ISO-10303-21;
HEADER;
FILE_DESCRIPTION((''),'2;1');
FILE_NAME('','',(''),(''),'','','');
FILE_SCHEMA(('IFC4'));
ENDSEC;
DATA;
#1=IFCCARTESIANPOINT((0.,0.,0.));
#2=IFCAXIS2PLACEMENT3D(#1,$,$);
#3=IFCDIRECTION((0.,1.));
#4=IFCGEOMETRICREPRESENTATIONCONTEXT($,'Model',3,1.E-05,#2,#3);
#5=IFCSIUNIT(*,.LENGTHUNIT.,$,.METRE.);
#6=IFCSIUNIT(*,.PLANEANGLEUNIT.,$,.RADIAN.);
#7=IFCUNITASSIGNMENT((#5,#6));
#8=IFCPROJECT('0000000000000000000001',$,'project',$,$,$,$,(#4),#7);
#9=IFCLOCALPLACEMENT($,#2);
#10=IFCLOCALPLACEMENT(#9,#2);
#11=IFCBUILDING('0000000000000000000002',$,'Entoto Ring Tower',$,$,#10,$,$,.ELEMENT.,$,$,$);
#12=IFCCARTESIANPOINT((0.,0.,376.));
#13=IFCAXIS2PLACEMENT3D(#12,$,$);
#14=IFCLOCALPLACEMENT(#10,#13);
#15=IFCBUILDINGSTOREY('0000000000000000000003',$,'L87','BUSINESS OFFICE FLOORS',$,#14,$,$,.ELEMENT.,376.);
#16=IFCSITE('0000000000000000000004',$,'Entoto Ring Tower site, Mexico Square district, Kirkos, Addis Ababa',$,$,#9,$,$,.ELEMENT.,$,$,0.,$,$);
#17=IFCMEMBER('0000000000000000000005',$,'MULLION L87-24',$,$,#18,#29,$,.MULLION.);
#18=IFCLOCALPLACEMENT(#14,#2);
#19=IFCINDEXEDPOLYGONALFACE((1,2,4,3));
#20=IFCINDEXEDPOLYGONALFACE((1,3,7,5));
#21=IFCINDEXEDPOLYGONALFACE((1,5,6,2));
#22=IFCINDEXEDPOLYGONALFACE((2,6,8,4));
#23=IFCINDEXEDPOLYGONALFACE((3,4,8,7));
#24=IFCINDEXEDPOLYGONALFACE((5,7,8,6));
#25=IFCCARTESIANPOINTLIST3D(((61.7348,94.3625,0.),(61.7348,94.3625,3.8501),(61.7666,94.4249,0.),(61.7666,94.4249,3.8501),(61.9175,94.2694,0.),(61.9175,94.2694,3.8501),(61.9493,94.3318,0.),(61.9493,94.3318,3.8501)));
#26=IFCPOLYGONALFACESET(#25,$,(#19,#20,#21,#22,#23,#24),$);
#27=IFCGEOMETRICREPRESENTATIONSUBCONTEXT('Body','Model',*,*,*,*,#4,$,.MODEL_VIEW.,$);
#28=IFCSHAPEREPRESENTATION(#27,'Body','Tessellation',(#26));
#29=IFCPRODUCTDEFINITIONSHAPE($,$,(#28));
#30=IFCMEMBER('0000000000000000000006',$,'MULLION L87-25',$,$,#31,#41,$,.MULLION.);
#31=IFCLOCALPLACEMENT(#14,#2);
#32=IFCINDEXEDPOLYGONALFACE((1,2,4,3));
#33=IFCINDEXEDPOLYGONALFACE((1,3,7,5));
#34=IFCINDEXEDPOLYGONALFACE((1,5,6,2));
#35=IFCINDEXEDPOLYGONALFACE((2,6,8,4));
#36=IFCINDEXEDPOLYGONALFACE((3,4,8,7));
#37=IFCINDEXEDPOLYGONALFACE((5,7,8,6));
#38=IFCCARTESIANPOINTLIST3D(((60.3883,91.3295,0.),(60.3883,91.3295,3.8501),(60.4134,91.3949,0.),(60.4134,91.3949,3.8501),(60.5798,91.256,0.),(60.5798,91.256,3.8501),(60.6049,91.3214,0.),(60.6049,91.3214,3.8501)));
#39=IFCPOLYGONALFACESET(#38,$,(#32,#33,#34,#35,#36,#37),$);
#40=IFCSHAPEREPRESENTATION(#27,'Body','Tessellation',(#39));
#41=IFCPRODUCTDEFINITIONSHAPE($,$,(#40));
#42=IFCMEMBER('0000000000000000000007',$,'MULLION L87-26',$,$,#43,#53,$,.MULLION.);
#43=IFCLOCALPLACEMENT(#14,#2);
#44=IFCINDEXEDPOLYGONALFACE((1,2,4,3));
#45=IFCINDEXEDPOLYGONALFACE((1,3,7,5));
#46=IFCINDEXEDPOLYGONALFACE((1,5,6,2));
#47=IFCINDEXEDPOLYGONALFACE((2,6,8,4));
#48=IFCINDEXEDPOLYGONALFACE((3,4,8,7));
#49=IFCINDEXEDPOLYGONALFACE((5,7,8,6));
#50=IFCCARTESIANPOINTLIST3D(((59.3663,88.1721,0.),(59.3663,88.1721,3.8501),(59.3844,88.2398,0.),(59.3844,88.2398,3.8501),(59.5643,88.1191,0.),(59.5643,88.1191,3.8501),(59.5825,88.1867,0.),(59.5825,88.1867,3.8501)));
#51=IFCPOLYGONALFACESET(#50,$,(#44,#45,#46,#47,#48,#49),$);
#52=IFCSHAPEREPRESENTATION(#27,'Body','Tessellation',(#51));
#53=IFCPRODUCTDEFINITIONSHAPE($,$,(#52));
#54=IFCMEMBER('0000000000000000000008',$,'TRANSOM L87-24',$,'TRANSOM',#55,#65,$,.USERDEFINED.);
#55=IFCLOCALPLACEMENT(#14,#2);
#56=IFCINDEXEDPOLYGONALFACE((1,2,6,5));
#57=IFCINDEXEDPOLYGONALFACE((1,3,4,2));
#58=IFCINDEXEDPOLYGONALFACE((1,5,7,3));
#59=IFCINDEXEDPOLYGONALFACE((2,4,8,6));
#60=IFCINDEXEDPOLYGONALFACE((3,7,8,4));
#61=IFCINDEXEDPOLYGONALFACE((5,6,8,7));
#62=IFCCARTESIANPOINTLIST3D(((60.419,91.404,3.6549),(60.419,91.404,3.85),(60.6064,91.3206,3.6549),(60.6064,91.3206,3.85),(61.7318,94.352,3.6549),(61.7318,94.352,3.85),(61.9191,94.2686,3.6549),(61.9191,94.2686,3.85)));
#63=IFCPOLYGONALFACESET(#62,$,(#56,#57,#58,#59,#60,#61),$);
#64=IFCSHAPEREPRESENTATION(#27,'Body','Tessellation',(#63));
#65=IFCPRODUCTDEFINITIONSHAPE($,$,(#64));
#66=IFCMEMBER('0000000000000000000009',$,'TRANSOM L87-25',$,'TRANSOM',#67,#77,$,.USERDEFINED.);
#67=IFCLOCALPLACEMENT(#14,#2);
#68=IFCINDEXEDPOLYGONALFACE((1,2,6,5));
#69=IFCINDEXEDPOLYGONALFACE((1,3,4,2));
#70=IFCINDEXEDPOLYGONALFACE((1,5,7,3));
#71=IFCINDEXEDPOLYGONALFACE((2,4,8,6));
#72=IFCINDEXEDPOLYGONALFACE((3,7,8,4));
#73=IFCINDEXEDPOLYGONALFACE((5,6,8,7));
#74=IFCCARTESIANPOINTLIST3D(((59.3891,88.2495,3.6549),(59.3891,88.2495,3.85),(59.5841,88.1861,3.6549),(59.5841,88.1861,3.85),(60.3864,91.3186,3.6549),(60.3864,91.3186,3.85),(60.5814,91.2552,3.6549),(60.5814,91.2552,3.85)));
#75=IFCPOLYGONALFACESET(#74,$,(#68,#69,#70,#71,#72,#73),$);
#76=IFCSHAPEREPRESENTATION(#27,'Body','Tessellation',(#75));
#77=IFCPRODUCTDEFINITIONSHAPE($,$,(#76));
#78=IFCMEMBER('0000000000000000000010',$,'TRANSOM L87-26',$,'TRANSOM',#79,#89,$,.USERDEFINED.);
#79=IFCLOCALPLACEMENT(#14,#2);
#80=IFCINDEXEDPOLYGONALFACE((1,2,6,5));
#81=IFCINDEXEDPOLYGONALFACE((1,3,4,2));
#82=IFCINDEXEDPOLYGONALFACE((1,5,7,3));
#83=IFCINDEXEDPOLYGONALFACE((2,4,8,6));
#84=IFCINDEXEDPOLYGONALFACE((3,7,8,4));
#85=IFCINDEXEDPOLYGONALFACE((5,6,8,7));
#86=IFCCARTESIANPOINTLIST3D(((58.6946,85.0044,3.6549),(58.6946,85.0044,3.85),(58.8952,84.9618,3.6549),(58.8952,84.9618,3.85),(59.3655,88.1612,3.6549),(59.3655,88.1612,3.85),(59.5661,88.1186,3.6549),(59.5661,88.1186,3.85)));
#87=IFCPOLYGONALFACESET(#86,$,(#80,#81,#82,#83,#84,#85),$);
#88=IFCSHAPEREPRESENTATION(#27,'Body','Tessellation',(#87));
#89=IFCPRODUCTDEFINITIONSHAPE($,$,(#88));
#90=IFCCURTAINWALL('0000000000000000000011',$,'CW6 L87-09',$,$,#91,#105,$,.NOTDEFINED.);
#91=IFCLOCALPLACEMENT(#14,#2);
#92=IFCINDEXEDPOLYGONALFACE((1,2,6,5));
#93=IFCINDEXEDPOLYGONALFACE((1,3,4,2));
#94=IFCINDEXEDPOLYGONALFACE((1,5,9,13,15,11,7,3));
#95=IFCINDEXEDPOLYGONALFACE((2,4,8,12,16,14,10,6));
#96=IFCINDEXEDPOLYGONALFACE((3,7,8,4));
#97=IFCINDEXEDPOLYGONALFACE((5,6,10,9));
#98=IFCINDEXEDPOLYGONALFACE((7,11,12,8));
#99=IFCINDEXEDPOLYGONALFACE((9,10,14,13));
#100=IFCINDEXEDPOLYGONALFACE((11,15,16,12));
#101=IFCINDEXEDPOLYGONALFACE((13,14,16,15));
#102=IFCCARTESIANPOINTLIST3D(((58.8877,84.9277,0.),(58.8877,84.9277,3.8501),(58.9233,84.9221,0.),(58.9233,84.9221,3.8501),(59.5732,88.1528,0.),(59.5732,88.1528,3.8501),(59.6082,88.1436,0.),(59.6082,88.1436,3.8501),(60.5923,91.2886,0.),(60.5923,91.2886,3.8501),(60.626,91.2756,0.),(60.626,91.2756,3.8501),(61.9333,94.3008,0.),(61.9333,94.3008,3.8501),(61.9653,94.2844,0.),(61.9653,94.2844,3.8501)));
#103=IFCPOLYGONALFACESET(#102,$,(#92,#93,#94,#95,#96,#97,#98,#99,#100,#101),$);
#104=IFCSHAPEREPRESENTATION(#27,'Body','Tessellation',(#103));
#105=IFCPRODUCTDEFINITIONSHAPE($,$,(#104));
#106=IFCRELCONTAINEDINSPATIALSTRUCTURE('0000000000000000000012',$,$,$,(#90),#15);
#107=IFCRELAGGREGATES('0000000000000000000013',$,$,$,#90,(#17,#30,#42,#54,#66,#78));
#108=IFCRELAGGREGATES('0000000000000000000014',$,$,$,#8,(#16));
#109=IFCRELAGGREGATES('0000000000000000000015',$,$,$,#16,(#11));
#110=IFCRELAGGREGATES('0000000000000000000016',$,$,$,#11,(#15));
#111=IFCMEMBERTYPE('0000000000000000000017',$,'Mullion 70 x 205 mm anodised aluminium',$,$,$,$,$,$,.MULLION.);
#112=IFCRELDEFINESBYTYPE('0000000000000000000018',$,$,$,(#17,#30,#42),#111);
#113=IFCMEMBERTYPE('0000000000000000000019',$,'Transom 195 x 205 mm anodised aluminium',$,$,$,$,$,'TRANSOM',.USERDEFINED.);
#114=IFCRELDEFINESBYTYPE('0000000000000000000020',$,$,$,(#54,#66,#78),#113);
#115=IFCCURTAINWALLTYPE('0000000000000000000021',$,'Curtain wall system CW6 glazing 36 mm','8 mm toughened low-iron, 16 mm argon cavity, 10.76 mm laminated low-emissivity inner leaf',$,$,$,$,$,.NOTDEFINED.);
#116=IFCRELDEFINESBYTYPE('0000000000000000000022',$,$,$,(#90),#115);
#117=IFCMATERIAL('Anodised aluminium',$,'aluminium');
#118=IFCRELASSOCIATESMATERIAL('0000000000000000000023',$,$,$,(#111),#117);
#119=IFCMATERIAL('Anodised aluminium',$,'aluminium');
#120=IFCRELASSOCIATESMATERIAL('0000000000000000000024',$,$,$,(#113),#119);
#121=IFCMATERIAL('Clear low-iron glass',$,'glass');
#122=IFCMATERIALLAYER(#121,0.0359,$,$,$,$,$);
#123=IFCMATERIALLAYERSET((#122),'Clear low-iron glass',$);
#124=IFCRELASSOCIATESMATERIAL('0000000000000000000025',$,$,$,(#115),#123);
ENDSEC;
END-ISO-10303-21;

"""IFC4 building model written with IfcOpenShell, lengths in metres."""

from ifc_helpers import new_model, si_unit, direction, frame, origin, origin_2d, place, context, subcontext, project, spatial, polyline, rectangle, outline, extrude, material, layer, layer_set, material_profile, profile_set, type_object, element, aggregate, save


model = new_model("IFC4")

# Units and contexts
model_context = context("Model", 3, precision=1e-05, world=origin(), true_north=direction((0.0, 1.0)))
body_context = subcontext(model_context, "Body", "Model", "MODEL_VIEW")
ifc_project = project(units=[si_unit("LENGTHUNIT", "METRE"), si_unit("PLANEANGLEUNIT", "RADIAN")], contexts=[model_context])

# Members
ifc_material_1 = material(Name="Anodised aluminium", Category="aluminium")
ifc_material_profile_1 = material_profile(ifc_material_1, rectangle(XDim=0.0701, YDim=0.2051, at=origin_2d()), Name="Mullion 70 x 205 mm anodised aluminium")
ifc_profile_set_1 = profile_set([ifc_material_profile_1], Name="Anodised aluminium")
member_type_1 = type_object("IfcMemberType", Name="Mullion 70 x 205 mm anodised aluminium", PredefinedType="MULLION", material=ifc_profile_set_1)
site_placement = place(None, origin())
building_placement = place(site_placement, origin())
storey_placement = place(building_placement, frame((0.0, 0.0, 376.0)))
member_1_placement = place(storey_placement, frame((61.842, 94.3472, 0.0), z_axis=(0.0, 0.0, 1.0), x_axis=(-0.45399, -0.891007, 0.0)))
member_1 = element("IfcMember", 1, at=member_1_placement, type_object=member_type_1, Name="MULLION L87-24", PredefinedType="MULLION", context=body_context, shape_type="SweptSolid", body=[
    extrude(rectangle(XDim=0.0701, YDim=0.2051, at=origin_2d()), origin(), (0.0, 0.0, 1.0), 3.8501),
])
member_2_placement = place(storey_placement, frame((60.4966, 91.3254, 0.0), z_axis=(0.0, 0.0, 1.0), x_axis=(-0.358368, -0.93358, 0.0)))
member_2 = element("IfcMember", 2, at=member_2_placement, type_object=member_type_1, Name="MULLION L87-25", PredefinedType="MULLION", context=body_context, shape_type="SweptSolid", body=[
    extrude(rectangle(XDim=0.0701, YDim=0.2051, at=origin_2d()), origin(), (0.0, 0.0, 1.0), 3.8501),
])
member_3_placement = place(storey_placement, frame((59.4744, 88.1794, 0.0), z_axis=(0.0, 0.0, 1.0), x_axis=(-0.258819, -0.965926, 0.0)))
member_3 = element("IfcMember", 3, at=member_3_placement, type_object=member_type_1, Name="MULLION L87-26", PredefinedType="MULLION", context=body_context, shape_type="SweptSolid", body=[
    extrude(rectangle(XDim=0.0701, YDim=0.2051, at=origin_2d()), origin(), (0.0, 0.0, 1.0), 3.8501),
])
ifc_material_2 = material(Name="Anodised aluminium", Category="aluminium")
ifc_material_profile_2 = material_profile(ifc_material_2, rectangle(XDim=0.2051, YDim=0.1951, at=origin_2d()), Name="Transom 195 x 205 mm anodised aluminium")
ifc_profile_set_2 = profile_set([ifc_material_profile_2], Name="Anodised aluminium")
member_type_2 = type_object("IfcMemberType", Name="Transom 195 x 205 mm anodised aluminium", ElementType="TRANSOM", PredefinedType="USERDEFINED", material=ifc_profile_set_2)
member_4_placement = place(storey_placement, frame((61.8254, 94.3103, 3.7524), z_axis=(-0.406791, -0.913521, 0.0), x_axis=(0.913521, -0.406791, 0.0)))
member_4 = element("IfcMember", 4, at=member_4_placement, type_object=member_type_2, Name="TRANSOM L87-24", ObjectType="TRANSOM", PredefinedType="USERDEFINED", context=body_context, shape_type="SweptSolid", body=[
    extrude(rectangle(XDim=0.2051, YDim=0.1951, at=origin_2d()), origin(), (0.0, 0.0, 1.0), 3.2271),
])
member_5_placement = place(storey_placement, frame((60.4839, 91.2869, 3.7524), z_axis=(-0.309047, -0.951047, 0.0), x_axis=(0.951047, -0.309047, 0.0)))
member_5 = element("IfcMember", 5, at=member_5_placement, type_object=member_type_2, Name="TRANSOM L87-25", ObjectType="TRANSOM", PredefinedType="USERDEFINED", context=body_context, shape_type="SweptSolid", body=[
    extrude(rectangle(XDim=0.2051, YDim=0.1951, at=origin_2d()), origin(), (0.0, 0.0, 1.0), 3.2271),
])
member_6_placement = place(storey_placement, frame((59.4658, 88.1399, 3.7524), z_axis=(-0.207886, -0.978153, 0.0), x_axis=(0.978153, -0.207886, 0.0)))
member_6 = element("IfcMember", 6, at=member_6_placement, type_object=member_type_2, Name="TRANSOM L87-26", ObjectType="TRANSOM", PredefinedType="USERDEFINED", context=body_context, shape_type="SweptSolid", body=[
    extrude(rectangle(XDim=0.2051, YDim=0.1951, at=origin_2d()), origin(), (0.0, 0.0, 1.0), 3.2273),
])

# Site, building, storey
site = spatial("IfcSite", under=ifc_project, at=site_placement, Name="Entoto Ring Tower site, Mexico Square district, Kirkos, Addis Ababa", CompositionType="ELEMENT", RefElevation=0.0)
building = spatial("IfcBuilding", under=site, at=building_placement, Name="Entoto Ring Tower", CompositionType="ELEMENT")
storey = spatial("IfcBuildingStorey", under=building, at=storey_placement, Name="L87", Description="BUSINESS OFFICE FLOORS", CompositionType="ELEMENT", Elevation=376.0)

# Curtain wall
ifc_material_3 = material(Name="Clear low-iron glass", Category="glass")
ifc_layer = layer(ifc_material_3, 0.0359)
ifc_layer_set = layer_set([ifc_layer], Name="Clear low-iron glass")
curtain_wall_type = type_object("IfcCurtainWallType", Name="Curtain wall system CW6 glazing 36 mm", Description="8 mm toughened low-iron, 16 mm argon cavity, 10.76 mm laminated low-emissivity inner leaf", PredefinedType="NOTDEFINED", material=ifc_layer_set)
curtain_wall_1_placement = place(storey_placement, origin())
curtain_wall_1 = element("IfcCurtainWall", 7, at=curtain_wall_1_placement, inside=storey, type_object=curtain_wall_type, Name="CW6 L87-09", PredefinedType="NOTDEFINED", context=body_context, shape_type="SweptSolid", body=[
    extrude(outline(polyline([(61.9333, 94.3008), (60.5923, 91.2886), (59.5732, 88.1528), (58.8877, 84.9277), (58.9233, 84.9221), (59.6082, 88.1436), (60.626, 91.2756), (61.9653, 94.2844), (61.9333, 94.3008)])), origin(), (0.0, 0.0, 1.0), 3.8501),
])
aggregate(curtain_wall_1, [member_1, member_2, member_3, member_4, member_5, member_6])

save(model, "model.ifc")
